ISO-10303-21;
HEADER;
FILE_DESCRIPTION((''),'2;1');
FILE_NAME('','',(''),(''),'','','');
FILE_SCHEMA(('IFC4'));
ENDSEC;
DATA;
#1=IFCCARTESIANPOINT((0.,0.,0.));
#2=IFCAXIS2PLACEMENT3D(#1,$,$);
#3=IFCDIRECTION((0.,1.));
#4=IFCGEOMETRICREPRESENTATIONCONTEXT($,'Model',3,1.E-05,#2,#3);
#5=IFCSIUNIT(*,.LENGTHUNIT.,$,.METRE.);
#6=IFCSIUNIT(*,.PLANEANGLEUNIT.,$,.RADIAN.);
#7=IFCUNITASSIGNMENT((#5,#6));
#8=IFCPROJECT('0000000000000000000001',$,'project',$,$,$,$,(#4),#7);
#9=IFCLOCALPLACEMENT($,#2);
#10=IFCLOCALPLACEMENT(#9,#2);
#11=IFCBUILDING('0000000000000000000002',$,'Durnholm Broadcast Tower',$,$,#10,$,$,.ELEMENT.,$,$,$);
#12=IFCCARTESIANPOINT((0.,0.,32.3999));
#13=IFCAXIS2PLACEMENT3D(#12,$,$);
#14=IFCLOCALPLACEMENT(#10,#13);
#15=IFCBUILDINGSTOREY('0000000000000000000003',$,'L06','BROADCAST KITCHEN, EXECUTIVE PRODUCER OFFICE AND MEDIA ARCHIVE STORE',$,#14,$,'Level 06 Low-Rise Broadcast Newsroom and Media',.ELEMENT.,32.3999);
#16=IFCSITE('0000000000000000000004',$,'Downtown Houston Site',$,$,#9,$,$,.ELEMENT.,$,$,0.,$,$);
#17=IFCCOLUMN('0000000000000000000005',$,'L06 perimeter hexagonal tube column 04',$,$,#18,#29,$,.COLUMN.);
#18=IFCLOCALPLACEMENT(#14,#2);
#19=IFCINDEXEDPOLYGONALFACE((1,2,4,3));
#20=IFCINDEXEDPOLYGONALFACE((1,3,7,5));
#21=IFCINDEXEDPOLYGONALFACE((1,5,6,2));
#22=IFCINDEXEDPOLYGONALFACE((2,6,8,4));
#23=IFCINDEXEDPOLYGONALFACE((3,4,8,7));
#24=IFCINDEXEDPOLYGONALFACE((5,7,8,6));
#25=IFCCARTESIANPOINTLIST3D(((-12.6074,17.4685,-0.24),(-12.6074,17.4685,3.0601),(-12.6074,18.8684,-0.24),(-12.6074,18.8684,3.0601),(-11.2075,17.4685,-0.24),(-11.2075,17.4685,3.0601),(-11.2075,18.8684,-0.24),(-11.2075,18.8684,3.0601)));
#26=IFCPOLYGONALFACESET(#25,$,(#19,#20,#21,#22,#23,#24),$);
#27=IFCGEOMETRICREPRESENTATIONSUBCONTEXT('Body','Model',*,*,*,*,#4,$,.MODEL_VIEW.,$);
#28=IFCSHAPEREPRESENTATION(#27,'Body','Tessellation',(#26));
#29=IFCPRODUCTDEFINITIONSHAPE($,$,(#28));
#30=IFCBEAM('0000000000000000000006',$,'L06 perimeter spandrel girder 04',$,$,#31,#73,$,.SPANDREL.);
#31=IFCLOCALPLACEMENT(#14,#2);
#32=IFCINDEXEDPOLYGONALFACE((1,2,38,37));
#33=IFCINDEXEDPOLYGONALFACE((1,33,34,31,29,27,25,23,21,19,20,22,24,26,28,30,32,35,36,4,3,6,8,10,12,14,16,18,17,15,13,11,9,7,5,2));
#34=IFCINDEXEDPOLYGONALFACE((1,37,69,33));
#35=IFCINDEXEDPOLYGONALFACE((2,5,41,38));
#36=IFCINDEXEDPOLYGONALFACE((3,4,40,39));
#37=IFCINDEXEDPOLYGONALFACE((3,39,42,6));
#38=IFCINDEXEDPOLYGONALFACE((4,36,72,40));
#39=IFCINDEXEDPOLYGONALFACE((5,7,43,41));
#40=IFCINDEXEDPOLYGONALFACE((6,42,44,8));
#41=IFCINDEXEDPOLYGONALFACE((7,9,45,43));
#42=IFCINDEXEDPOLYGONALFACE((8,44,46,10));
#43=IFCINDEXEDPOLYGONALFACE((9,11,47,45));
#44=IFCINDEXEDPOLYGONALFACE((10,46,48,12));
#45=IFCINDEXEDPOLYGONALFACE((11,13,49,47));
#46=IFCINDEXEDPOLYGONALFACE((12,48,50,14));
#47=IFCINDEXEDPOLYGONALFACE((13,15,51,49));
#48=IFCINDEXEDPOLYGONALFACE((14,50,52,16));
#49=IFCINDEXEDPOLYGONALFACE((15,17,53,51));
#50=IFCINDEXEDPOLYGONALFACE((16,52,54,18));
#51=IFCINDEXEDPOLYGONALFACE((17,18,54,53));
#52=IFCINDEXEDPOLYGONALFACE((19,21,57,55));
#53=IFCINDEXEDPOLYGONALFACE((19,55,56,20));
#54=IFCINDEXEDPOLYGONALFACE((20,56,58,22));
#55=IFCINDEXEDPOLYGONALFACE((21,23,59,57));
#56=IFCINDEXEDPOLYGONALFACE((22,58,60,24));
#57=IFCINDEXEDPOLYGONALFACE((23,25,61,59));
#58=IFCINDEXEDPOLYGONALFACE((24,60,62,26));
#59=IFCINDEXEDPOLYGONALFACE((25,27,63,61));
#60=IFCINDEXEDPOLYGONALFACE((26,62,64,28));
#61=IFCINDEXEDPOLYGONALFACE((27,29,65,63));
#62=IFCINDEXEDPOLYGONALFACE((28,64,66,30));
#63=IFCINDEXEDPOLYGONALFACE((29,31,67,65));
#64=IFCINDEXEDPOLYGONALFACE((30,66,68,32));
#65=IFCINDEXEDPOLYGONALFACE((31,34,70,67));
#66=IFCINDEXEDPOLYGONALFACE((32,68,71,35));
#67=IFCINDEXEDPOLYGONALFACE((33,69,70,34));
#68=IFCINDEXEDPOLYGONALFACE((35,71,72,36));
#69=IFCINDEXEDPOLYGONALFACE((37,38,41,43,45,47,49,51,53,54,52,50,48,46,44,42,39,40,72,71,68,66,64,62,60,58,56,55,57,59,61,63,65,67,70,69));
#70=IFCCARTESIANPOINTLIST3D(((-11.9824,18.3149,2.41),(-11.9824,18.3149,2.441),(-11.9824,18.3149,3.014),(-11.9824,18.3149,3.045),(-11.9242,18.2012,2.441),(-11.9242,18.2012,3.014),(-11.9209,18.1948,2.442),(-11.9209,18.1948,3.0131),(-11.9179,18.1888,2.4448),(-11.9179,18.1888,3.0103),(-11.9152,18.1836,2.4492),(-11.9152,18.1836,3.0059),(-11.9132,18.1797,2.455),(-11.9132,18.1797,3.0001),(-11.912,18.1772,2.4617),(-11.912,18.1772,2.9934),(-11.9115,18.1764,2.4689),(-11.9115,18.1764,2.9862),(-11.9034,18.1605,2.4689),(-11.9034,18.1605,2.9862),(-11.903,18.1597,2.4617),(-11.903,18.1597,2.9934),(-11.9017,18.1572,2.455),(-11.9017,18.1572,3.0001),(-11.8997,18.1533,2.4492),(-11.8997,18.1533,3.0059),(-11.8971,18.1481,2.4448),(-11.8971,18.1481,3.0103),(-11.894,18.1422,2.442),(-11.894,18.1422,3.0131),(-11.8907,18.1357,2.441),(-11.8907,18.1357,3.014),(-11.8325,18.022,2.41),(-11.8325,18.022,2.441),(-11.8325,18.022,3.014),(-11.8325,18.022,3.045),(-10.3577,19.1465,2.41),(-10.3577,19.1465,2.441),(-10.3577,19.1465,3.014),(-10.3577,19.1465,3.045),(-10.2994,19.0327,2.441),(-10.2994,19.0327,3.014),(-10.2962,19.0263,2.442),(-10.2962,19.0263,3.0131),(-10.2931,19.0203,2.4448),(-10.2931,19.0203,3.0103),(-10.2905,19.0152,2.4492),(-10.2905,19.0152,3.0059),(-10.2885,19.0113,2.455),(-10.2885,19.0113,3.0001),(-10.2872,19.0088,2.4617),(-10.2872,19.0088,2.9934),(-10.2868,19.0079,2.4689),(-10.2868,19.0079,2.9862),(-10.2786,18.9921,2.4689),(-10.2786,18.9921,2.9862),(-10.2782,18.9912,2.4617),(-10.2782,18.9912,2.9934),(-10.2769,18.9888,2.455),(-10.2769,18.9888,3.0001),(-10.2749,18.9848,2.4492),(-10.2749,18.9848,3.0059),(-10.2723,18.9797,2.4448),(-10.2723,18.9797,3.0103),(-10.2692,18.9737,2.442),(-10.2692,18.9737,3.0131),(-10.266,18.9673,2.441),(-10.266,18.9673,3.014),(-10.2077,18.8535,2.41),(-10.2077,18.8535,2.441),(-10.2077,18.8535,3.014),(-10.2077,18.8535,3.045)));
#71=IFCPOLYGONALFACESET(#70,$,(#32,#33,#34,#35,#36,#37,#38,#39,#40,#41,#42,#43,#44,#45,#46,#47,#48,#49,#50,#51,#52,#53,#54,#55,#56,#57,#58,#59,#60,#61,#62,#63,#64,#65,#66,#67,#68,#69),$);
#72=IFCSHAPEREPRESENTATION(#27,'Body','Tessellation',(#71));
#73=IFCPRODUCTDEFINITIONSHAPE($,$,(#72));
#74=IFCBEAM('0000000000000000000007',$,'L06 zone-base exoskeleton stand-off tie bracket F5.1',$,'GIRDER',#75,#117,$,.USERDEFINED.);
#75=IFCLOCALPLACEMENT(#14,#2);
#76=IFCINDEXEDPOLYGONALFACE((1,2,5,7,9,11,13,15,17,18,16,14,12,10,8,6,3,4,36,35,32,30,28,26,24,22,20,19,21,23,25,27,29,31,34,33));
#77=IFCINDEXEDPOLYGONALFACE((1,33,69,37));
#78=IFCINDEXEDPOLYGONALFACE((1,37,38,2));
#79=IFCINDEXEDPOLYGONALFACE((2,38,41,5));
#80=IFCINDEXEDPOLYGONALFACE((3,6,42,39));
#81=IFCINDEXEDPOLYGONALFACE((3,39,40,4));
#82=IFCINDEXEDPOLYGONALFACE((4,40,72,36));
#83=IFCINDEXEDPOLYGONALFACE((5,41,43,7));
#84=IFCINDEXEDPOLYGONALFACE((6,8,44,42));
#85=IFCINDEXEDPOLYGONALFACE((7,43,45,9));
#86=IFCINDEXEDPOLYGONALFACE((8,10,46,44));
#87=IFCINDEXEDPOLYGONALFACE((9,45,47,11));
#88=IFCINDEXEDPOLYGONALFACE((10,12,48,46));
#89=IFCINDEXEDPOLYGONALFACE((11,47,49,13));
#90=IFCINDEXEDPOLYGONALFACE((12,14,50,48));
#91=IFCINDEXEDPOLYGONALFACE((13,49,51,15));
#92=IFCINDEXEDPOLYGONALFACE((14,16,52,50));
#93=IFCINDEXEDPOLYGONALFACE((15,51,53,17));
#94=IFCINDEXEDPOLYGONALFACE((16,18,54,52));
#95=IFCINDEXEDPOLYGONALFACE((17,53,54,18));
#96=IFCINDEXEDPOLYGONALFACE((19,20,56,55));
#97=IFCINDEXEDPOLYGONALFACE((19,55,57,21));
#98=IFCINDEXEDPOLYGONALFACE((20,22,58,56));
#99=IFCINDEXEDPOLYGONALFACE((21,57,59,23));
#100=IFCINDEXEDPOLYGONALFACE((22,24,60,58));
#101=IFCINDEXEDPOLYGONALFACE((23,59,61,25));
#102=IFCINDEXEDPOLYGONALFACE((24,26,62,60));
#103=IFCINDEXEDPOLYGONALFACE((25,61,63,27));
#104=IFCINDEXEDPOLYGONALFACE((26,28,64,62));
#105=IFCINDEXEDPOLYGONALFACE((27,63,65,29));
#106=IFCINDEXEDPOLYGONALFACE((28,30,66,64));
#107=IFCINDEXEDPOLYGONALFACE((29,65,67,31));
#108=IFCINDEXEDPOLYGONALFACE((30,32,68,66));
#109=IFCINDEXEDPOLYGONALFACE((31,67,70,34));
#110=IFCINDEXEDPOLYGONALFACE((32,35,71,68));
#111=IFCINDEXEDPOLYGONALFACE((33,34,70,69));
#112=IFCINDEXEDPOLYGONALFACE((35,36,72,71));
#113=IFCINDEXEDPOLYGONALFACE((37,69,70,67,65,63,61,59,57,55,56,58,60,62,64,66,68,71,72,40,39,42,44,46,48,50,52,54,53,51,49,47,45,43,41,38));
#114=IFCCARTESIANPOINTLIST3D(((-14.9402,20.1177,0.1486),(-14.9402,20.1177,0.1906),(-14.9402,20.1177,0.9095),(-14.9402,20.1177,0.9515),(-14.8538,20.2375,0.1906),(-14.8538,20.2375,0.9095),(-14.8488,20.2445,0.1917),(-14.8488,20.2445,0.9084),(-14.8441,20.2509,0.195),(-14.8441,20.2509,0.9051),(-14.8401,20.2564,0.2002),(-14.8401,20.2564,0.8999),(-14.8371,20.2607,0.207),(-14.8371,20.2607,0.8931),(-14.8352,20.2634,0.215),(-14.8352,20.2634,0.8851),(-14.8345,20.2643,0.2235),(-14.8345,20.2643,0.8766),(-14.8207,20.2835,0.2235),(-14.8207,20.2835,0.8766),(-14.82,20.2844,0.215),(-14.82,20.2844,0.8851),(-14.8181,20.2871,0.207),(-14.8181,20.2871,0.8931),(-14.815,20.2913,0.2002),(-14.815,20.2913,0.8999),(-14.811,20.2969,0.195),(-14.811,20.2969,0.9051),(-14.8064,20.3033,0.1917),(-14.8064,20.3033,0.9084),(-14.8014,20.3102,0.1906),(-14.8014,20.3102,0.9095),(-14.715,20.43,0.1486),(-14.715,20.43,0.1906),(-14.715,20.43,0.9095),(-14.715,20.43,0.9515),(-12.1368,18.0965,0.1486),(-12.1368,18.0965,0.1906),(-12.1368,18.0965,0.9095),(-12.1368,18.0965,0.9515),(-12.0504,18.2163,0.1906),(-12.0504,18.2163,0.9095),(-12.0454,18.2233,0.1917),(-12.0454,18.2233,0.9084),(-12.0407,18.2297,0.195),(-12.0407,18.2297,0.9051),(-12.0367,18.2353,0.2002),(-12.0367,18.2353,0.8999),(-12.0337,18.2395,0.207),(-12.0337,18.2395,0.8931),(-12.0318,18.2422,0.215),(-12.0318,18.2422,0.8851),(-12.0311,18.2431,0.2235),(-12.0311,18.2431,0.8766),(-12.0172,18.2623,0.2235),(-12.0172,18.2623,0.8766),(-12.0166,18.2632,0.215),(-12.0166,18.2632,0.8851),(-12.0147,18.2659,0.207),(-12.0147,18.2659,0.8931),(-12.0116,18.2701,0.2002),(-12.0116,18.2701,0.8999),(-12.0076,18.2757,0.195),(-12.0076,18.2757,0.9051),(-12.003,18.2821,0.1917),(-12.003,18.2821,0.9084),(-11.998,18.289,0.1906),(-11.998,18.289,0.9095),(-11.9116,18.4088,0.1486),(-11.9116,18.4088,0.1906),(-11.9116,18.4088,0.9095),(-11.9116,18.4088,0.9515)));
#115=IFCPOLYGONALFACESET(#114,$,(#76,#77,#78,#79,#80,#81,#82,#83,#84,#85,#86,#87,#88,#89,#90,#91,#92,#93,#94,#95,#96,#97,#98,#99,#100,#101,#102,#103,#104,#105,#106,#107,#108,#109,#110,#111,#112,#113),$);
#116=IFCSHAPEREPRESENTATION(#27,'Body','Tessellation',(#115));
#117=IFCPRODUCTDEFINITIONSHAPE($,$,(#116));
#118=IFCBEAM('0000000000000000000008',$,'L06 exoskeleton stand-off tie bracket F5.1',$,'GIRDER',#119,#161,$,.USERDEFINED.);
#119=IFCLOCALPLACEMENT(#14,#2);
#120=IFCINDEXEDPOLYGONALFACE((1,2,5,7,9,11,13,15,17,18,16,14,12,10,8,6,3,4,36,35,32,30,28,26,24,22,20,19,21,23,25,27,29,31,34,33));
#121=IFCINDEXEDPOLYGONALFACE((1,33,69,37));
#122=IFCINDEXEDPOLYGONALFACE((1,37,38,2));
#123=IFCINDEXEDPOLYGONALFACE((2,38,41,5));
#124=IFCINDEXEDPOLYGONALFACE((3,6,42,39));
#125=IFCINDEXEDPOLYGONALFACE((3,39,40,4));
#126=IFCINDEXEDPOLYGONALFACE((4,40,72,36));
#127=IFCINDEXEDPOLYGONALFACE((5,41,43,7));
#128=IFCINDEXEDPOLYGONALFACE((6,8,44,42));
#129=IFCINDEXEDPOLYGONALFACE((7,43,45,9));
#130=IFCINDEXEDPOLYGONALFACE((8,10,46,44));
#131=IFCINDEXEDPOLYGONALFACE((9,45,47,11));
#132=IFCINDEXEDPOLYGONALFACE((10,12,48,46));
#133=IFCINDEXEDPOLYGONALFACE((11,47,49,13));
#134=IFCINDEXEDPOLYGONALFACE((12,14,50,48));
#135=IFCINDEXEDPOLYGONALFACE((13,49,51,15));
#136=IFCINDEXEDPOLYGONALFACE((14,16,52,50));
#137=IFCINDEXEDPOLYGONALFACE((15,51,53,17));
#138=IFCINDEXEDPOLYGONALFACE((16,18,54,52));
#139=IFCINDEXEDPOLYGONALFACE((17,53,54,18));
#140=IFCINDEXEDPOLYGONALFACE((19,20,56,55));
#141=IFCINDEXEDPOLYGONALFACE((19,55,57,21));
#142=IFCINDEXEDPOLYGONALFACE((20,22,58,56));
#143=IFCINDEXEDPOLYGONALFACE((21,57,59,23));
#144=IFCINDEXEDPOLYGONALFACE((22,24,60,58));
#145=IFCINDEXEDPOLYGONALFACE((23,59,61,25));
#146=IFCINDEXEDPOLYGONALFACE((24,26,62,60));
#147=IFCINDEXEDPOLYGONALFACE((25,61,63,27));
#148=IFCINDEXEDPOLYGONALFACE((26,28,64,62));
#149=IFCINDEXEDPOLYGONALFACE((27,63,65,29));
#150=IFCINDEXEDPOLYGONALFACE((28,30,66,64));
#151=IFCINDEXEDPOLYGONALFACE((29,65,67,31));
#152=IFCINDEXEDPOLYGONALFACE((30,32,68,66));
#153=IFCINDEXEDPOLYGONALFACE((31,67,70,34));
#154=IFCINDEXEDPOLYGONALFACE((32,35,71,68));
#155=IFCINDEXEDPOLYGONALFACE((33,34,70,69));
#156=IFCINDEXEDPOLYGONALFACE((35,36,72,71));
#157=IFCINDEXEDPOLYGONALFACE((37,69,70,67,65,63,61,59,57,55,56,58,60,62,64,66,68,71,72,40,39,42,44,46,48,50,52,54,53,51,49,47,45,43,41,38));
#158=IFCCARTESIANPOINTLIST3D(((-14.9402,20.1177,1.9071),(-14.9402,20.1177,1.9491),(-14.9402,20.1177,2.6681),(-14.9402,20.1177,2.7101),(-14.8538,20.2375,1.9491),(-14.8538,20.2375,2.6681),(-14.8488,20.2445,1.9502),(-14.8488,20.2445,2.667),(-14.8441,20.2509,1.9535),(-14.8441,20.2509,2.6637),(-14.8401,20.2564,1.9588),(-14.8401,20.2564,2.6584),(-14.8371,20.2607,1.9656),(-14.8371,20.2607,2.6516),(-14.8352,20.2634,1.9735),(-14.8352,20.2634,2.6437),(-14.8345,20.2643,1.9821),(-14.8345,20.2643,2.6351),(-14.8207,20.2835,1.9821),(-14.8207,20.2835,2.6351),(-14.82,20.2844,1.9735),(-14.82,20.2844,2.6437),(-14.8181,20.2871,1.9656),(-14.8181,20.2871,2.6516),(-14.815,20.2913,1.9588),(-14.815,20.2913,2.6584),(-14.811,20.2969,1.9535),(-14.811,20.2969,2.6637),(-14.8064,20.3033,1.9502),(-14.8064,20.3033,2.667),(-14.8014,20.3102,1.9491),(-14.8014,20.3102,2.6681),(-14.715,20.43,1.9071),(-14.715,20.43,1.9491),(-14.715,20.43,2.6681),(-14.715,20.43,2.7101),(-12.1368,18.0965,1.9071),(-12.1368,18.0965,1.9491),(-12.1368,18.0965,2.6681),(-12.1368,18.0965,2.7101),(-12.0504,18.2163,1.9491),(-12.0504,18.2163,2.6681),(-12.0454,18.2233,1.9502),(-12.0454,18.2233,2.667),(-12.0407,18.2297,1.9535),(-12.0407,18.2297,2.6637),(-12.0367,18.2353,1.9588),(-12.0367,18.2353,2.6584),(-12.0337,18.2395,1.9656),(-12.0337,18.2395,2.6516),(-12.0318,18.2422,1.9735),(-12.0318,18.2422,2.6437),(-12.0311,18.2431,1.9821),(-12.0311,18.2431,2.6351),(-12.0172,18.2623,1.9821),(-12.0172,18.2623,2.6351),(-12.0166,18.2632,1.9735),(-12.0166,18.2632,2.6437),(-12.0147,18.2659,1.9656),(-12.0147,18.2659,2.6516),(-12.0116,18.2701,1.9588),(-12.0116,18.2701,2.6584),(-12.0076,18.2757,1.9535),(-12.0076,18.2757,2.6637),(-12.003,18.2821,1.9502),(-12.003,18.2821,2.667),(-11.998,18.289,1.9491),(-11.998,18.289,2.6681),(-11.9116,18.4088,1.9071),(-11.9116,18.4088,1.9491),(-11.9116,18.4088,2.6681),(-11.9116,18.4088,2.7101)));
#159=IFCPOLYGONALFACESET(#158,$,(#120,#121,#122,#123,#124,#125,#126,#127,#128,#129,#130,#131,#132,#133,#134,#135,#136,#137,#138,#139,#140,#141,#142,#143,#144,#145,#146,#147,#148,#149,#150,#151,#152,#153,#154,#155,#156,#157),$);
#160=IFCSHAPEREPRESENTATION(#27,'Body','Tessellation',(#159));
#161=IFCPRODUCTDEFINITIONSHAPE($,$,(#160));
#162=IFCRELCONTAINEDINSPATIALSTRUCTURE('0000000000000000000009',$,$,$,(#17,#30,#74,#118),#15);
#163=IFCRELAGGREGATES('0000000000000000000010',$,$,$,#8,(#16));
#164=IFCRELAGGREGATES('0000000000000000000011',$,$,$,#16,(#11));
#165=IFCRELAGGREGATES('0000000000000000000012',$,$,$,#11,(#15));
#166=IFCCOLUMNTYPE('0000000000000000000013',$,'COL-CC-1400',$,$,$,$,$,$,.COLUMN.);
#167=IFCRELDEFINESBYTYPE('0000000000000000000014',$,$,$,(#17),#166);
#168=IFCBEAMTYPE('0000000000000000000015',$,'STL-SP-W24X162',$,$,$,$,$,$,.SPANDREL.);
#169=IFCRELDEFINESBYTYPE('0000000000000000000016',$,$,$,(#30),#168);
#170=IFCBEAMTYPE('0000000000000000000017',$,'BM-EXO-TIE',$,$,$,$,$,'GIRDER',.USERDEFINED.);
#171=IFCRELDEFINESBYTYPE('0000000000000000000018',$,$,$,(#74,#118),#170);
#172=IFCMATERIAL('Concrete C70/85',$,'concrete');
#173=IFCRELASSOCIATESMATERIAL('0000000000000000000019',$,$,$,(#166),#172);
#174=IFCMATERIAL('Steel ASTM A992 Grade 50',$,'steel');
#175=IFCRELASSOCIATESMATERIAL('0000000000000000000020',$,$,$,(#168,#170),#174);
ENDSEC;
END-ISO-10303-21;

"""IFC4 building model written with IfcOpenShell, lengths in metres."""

from ifc_helpers import new_model, si_unit, direction, frame, origin, origin_2d, place, context, subcontext, project, spatial, rectangle, i_section, extrude, source, transform, mapped, material, material_profile, profile_set, type_object, type_shapes, element, save


model = new_model("IFC4")

# Units and contexts
model_context = context("Model", 3, precision=1e-05, world=origin(), true_north=direction((0.0, 1.0)))
body_context = subcontext(model_context, "Body", "Model", "MODEL_VIEW")
ifc_project = project(units=[si_unit("LENGTHUNIT", "METRE"), si_unit("PLANEANGLEUNIT", "RADIAN")], contexts=[model_context])

# Site, building, storey
site_placement = place(None, origin())
site = spatial("IfcSite", under=ifc_project, at=site_placement, Name="Downtown Houston Site", CompositionType="ELEMENT", RefElevation=0.0)
building_placement = place(site_placement, origin())
building = spatial("IfcBuilding", under=site, at=building_placement, Name="Durnholm Broadcast Tower", CompositionType="ELEMENT")
storey_placement = place(building_placement, frame((0.0, 0.0, 32.3999)))
storey = spatial("IfcBuildingStorey", under=building, at=storey_placement, Name="L06", Description="BROADCAST KITCHEN, EXECUTIVE PRODUCER OFFICE AND MEDIA ARCHIVE STORE", LongName="Level 06 Low-Rise Broadcast Newsroom and Media", CompositionType="ELEMENT", Elevation=32.3999)

# Column
ifc_material_1 = material(Name="Concrete C70/85", Category="concrete")
ifc_material_profile_1 = material_profile(ifc_material_1, rectangle(XDim=1.3999, YDim=1.3999, at=origin_2d()), Name="RC1400X1400")
ifc_profile_set_1 = profile_set([ifc_material_profile_1], Name="Concrete C70/85")
column_type = type_object("IfcColumnType", Name="COL-CC-1400", PredefinedType="COLUMN", material=ifc_profile_set_1)
shared_shape_1 = source(origin(), body_context, "Body", "SweptSolid", [
    extrude(rectangle(XDim=1.3999, YDim=1.3999, at=origin_2d()), origin(), (0.0, 0.0, 1.0), 3.3),
])
type_shapes(column_type, [shared_shape_1])
column_placement = place(storey_placement, frame((-11.9075, 18.1685, -0.24), z_axis=(0.0, 0.0, 1.0), x_axis=(1.0, 0.0, 0.0)))
element("IfcColumn", 1, at=column_placement, inside=storey, type_object=column_type, Name="L06 perimeter hexagonal tube column 04", PredefinedType="COLUMN", context=body_context, shape_type="MappedRepresentation", body=[
    mapped(shared_shape_1, transform((0.0, 0.0, 0.0), x_axis=(1.0, 0.0, 0.0), y_axis=(0.0, 1.0, 0.0), z_axis=(0.0, 0.0, 1.0), scale=1.0)),
])

# Beams
ifc_material_2 = material(Name="Steel ASTM A992 Grade 50", Category="steel")
ifc_material_profile_2 = material_profile(ifc_material_2, i_section(OverallWidth=0.3291, OverallDepth=0.635, WebThickness=0.0178, FlangeThickness=0.031, FilletRadius=0.0278, at=origin_2d()), Name="W24X162")
ifc_profile_set_2 = profile_set([ifc_material_profile_2], Name="Steel ASTM A992 Grade 50")
beam_type_1 = type_object("IfcBeamType", Name="STL-SP-W24X162", PredefinedType="SPANDREL", material=ifc_profile_set_2)
shared_shape_2 = source(origin(), body_context, "Body", "SweptSolid", [
    extrude(i_section(OverallWidth=0.3291, OverallDepth=0.635, WebThickness=0.0178, FlangeThickness=0.031, FilletRadius=0.0278, at=origin_2d()), origin(), (0.0, 0.0, 1.0), 1.8252),
])
type_shapes(beam_type_1, [shared_shape_2])
beam_placement = place(storey_placement, frame((-11.9075, 18.1685, 2.7275), z_axis=(0.890188, 0.455594, 0.0), x_axis=(-0.455594, 0.890188, 0.0)))
element("IfcBeam", 2, at=beam_placement, inside=storey, type_object=beam_type_1, Name="L06 perimeter spandrel girder 04", PredefinedType="SPANDREL", context=body_context, shape_type="MappedRepresentation", body=[
    mapped(shared_shape_2, transform((0.0, 0.0, 0.0), x_axis=(1.0, 0.0, 0.0), y_axis=(0.0, 1.0, 0.0), z_axis=(0.0, 0.0, 1.0), scale=1.0)),
])
ifc_material_profile_3 = material_profile(ifc_material_2, i_section(OverallWidth=0.385, OverallDepth=0.803, WebThickness=0.0237, FlangeThickness=0.042, FilletRadius=0.033, at=origin_2d()), Name="W30X261")
ifc_profile_set_3 = profile_set([ifc_material_profile_3], Name="Steel ASTM A992 Grade 50")
beam_type_2 = type_object("IfcBeamType", Name="BM-EXO-TIE", ElementType="GIRDER", PredefinedType="USERDEFINED", material=ifc_profile_set_3)
shared_shape_3 = source(origin(), body_context, "Body", "SweptSolid", [
    extrude(i_section(OverallWidth=0.385, OverallDepth=0.803, WebThickness=0.0237, FlangeThickness=0.042, FilletRadius=0.033, at=origin_2d()), origin(), (0.0, 0.0, 1.0), 3.4561),
])
for number, where, z_axis, x_axis, name in (
    (3, (-12.0242, 18.2527, 0.55), (-0.811158, 0.584828, 0.0), (-0.584828, -0.811158, 0.0), "L06 zone-base exoskeleton stand-off tie bracket F5.1"),
    (4, (-12.0242, 18.2527, 2.3086), (-0.811158, 0.584828, 0.0), (-0.584828, -0.811158, 0.0), "L06 exoskeleton stand-off tie bracket F5.1"),
):
    element("IfcBeam", number, at=place(storey_placement, frame(where, z_axis=z_axis, x_axis=x_axis)), inside=storey, type_object=beam_type_2, Name=name, ObjectType="GIRDER", PredefinedType="USERDEFINED", context=body_context, shape_type="MappedRepresentation", body=[
        mapped(shared_shape_3, transform((0.0, 0.0, 0.0), x_axis=(1.0, 0.0, 0.0), y_axis=(0.0, 1.0, 0.0), z_axis=(0.0, 0.0, 1.0), scale=1.0)),
    ])

save(model, "model.ifc")
